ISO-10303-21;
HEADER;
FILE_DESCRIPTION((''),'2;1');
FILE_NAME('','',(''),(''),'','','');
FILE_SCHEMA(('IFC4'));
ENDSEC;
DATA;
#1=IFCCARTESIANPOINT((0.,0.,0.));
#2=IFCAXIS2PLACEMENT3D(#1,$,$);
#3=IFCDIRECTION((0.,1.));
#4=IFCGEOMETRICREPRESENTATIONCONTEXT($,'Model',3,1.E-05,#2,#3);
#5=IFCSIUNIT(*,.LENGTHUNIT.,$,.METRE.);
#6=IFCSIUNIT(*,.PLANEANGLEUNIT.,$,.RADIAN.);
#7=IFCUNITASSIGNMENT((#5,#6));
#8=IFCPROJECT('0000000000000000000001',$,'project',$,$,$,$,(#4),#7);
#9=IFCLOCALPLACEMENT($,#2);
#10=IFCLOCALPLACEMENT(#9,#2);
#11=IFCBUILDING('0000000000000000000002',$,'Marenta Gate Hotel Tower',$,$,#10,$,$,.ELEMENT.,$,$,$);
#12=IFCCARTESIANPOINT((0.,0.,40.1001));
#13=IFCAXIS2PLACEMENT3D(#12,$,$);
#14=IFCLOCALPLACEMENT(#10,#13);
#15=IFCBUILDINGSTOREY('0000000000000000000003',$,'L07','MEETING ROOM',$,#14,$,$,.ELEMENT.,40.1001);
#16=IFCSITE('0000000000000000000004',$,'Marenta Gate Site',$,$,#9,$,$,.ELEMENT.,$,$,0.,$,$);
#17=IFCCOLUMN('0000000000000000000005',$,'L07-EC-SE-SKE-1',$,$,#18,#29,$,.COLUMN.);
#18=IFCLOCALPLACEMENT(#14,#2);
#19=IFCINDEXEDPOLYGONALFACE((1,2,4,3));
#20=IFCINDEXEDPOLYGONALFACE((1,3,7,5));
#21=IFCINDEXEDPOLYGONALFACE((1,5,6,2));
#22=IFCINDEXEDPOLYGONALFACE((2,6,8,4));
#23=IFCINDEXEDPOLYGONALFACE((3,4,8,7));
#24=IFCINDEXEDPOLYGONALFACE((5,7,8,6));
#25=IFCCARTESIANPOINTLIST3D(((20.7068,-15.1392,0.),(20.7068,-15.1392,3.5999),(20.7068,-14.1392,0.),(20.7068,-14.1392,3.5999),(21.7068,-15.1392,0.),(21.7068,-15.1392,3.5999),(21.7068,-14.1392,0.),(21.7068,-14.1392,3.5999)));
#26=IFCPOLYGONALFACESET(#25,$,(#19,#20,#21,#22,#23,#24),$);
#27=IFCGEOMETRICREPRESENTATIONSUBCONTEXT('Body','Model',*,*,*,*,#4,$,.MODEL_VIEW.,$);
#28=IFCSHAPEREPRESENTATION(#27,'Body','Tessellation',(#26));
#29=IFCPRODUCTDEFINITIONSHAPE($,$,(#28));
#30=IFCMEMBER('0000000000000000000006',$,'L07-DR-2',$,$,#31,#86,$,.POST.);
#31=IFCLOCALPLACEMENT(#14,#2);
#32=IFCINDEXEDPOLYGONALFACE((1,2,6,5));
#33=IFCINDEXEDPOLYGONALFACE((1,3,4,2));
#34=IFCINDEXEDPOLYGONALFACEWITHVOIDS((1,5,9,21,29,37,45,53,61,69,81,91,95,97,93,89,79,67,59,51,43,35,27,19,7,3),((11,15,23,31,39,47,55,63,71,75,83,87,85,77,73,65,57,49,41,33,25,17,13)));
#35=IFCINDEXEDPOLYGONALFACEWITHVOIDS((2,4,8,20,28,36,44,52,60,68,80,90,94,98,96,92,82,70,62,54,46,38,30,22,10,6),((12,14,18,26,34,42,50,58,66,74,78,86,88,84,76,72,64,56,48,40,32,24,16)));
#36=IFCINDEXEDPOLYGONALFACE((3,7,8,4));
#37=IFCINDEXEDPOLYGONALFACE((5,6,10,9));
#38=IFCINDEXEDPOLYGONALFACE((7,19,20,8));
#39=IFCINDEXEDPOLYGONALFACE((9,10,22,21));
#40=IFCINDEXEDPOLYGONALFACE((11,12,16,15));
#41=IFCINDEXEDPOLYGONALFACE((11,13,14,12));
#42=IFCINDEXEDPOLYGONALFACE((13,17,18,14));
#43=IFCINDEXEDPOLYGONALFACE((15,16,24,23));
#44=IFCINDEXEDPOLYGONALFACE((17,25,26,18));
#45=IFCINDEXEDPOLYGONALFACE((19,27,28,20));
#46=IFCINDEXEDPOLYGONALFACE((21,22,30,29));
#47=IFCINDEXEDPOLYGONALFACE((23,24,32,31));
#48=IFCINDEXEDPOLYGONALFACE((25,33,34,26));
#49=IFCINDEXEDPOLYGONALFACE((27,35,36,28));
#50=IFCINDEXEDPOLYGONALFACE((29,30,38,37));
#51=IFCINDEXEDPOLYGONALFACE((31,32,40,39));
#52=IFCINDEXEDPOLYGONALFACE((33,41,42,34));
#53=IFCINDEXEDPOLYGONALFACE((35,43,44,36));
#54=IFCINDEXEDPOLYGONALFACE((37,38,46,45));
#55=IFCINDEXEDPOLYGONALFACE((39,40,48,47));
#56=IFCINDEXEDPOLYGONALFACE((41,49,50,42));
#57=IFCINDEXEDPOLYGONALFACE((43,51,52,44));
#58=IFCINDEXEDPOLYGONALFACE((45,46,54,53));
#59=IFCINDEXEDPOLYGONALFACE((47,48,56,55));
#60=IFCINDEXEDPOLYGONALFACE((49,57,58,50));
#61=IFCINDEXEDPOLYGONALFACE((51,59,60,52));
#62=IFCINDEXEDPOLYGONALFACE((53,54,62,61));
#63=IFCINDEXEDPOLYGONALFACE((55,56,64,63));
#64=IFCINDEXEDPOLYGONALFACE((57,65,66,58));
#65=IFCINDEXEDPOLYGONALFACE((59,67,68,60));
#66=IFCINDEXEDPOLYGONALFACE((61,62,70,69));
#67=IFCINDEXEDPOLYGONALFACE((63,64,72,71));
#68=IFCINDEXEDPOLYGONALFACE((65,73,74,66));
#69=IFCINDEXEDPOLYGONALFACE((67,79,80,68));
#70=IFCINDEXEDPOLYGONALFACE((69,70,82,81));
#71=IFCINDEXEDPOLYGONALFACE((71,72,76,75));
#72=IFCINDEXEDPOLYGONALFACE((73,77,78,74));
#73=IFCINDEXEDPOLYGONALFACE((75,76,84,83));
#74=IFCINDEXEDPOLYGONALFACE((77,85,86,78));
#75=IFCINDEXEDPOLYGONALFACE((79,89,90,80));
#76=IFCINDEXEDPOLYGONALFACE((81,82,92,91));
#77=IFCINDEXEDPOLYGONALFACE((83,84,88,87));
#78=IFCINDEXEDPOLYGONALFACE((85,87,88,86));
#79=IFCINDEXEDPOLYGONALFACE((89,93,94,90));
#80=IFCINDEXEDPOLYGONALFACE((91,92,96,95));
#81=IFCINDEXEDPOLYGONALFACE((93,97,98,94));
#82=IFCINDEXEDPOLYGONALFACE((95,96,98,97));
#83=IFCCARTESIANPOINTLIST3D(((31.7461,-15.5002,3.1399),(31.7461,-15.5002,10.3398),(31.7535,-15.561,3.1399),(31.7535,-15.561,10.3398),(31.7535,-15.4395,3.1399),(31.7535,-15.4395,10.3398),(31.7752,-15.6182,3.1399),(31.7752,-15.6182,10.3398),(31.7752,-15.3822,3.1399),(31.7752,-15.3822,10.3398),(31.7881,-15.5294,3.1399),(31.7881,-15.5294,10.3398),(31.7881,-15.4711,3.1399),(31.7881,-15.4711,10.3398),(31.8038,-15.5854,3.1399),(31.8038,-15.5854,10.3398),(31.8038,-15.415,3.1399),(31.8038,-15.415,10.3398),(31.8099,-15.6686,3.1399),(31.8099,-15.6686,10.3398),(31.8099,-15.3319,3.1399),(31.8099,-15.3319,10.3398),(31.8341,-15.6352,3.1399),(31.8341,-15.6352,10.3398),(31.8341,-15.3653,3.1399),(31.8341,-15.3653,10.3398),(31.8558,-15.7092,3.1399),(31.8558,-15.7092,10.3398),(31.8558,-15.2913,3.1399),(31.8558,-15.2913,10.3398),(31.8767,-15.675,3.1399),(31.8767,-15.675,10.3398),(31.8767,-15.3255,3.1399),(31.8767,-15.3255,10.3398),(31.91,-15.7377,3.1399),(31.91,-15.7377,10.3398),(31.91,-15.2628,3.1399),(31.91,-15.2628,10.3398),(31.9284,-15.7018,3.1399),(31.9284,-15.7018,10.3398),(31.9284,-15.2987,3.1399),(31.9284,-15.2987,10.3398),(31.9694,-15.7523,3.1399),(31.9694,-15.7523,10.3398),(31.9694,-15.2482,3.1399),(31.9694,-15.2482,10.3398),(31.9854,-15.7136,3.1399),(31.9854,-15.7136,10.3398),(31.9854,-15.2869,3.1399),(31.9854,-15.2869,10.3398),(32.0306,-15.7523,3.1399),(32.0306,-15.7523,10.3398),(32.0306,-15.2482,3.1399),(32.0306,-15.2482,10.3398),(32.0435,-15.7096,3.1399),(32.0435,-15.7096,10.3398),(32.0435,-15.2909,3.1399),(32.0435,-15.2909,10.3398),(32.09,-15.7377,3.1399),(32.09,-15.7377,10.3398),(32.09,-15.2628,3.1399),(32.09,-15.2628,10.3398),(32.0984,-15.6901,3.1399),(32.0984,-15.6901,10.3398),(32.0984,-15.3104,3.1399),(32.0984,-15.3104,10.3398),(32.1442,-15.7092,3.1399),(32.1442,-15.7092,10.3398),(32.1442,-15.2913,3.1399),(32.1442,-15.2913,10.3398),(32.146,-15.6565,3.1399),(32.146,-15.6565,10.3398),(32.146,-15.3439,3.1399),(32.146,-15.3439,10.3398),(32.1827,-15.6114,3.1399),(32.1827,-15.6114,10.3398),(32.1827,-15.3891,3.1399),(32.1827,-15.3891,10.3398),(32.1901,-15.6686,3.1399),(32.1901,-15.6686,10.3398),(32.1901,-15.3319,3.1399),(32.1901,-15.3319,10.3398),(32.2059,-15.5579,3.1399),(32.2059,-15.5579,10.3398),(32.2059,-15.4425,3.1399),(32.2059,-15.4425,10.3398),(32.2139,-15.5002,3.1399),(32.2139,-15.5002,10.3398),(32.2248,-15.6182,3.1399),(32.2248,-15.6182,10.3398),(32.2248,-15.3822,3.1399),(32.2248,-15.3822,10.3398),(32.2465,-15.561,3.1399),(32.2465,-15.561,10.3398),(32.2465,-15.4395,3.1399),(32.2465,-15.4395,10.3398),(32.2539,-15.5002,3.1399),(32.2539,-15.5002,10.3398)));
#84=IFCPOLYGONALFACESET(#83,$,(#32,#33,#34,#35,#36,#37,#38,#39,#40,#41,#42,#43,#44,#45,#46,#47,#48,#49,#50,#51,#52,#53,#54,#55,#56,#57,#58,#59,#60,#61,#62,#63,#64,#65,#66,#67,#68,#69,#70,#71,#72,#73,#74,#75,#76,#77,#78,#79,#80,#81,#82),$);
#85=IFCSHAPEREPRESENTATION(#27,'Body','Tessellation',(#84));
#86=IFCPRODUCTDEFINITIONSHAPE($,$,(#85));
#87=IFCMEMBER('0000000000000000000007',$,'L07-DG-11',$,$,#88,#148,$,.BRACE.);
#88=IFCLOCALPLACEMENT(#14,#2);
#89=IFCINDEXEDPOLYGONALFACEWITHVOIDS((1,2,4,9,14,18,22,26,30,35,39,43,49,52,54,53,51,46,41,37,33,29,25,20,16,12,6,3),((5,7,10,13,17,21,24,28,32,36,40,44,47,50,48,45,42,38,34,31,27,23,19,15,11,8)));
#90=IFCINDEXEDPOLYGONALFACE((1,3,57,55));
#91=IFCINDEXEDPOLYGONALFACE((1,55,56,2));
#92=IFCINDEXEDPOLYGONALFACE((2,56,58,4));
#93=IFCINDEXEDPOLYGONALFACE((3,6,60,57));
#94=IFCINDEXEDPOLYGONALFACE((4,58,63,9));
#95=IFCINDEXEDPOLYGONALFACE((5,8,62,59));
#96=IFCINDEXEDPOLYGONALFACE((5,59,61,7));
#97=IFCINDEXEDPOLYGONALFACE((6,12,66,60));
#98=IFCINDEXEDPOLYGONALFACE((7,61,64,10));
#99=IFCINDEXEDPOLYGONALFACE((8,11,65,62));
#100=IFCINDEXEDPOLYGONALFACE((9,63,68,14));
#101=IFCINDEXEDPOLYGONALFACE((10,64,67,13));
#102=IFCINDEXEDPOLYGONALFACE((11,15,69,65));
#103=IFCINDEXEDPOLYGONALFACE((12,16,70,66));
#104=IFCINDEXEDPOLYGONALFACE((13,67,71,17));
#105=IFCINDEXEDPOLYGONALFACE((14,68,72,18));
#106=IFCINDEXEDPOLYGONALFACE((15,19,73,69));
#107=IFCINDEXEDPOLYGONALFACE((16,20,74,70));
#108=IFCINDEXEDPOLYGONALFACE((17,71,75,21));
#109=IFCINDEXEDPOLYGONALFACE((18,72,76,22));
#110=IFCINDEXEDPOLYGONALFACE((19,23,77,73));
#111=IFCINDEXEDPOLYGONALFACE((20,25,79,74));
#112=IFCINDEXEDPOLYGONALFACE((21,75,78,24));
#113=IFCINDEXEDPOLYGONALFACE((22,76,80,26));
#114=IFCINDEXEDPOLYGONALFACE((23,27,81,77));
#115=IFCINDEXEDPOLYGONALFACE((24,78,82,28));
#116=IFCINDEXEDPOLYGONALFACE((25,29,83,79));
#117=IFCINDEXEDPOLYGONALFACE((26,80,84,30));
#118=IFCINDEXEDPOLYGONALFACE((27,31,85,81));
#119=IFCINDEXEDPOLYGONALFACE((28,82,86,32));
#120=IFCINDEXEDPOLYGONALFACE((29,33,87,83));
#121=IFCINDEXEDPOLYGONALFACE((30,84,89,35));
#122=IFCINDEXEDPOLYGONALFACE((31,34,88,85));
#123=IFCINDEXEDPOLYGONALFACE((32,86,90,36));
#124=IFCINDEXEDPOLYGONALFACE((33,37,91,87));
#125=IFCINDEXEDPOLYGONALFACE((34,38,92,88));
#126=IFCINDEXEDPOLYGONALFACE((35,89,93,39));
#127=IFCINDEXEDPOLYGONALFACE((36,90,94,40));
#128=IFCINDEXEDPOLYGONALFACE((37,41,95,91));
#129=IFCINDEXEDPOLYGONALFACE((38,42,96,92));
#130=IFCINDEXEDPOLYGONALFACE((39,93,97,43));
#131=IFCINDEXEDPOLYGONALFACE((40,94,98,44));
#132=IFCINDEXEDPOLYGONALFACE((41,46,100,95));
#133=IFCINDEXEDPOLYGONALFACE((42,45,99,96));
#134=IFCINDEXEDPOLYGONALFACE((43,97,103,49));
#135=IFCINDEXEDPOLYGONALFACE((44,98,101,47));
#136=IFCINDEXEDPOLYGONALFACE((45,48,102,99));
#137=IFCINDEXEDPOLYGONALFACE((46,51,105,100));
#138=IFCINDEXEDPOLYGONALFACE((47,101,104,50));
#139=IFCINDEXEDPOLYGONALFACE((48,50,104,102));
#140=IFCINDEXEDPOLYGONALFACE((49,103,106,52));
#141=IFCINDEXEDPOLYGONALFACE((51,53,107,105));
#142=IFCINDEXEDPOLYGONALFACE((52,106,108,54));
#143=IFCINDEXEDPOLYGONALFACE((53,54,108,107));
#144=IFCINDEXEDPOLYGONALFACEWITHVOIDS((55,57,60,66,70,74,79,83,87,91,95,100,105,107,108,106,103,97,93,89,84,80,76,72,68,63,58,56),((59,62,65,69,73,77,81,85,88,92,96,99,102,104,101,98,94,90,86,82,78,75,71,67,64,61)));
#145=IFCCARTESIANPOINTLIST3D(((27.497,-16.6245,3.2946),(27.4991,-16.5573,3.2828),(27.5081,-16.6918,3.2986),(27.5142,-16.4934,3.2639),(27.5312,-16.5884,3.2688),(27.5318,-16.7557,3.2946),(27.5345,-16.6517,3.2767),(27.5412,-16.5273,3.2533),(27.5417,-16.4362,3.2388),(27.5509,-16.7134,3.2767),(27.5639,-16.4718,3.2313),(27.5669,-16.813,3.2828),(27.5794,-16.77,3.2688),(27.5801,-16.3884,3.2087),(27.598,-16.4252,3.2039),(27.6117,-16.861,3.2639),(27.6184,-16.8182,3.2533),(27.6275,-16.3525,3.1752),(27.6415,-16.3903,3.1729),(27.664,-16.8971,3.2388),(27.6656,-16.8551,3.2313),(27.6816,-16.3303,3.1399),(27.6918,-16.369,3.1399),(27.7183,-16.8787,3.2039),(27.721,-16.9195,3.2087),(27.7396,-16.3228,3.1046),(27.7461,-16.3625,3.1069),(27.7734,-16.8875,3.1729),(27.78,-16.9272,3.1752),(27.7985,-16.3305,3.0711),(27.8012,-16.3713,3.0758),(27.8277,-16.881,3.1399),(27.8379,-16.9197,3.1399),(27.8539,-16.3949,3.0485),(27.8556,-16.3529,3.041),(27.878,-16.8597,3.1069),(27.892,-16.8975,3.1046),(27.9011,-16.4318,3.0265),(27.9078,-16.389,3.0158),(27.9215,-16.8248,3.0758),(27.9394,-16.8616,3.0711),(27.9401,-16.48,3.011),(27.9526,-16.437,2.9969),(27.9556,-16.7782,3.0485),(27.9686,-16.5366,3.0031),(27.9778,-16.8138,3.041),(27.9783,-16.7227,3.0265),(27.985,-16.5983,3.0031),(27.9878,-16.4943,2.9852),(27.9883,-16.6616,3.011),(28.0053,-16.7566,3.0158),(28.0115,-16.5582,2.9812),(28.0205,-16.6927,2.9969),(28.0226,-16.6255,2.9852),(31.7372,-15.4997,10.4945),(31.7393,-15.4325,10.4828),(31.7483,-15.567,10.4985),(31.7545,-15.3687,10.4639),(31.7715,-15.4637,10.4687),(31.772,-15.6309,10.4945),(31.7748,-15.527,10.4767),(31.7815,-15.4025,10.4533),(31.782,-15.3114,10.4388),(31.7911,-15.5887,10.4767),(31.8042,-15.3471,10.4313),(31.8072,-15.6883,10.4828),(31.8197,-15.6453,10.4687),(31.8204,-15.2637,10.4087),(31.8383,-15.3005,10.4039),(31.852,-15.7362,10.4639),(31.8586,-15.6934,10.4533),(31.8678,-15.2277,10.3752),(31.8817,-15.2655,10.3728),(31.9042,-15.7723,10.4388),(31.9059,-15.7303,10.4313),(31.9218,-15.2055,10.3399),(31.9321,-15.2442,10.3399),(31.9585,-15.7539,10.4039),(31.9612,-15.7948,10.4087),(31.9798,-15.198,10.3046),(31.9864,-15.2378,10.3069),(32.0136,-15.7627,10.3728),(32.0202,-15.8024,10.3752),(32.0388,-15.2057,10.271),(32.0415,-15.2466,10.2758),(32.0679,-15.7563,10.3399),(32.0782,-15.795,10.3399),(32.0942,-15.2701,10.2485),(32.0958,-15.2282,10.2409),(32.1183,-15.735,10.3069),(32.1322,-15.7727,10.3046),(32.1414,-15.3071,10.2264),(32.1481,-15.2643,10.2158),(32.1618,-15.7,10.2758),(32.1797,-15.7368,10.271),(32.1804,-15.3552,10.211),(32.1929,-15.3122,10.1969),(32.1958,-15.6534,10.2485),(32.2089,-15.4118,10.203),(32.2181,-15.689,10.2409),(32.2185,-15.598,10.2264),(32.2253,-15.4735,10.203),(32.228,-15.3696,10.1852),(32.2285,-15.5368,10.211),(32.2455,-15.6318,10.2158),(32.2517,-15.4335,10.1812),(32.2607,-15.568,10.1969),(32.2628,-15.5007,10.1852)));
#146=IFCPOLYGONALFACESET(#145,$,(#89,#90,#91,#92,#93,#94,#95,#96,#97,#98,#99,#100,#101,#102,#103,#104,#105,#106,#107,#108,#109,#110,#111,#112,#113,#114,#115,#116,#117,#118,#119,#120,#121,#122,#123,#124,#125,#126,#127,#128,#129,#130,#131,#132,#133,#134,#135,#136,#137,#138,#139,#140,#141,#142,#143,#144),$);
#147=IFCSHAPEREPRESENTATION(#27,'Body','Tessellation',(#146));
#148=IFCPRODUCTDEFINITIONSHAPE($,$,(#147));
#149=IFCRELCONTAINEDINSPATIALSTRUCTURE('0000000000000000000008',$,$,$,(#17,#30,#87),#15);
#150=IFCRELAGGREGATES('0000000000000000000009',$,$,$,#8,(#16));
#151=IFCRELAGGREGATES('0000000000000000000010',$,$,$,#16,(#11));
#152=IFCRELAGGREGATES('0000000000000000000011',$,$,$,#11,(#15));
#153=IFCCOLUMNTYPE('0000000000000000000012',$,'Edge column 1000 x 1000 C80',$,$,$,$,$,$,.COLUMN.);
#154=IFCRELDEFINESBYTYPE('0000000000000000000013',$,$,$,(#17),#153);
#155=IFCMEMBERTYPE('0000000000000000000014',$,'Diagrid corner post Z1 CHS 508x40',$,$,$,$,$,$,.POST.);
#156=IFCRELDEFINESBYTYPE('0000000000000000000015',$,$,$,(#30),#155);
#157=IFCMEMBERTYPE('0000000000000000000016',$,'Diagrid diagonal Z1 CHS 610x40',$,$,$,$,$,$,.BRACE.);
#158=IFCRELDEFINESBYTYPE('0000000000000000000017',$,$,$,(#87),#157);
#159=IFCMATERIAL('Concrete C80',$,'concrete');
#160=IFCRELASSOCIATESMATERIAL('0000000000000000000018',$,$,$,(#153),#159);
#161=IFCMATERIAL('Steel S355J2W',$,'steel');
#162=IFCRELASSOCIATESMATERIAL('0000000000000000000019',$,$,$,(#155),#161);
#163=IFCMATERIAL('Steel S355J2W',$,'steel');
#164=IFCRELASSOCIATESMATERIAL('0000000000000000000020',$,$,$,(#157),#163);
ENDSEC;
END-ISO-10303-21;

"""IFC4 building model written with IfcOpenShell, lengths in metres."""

from ifc_helpers import new_model, si_unit, direction, frame, origin, origin_2d, place, context, subcontext, project, spatial, rectangle, hollow_circle, extrude, material, material_profile, profile_set, type_object, element, save


model = new_model("IFC4")

# Units and contexts
model_context = context("Model", 3, precision=1e-05, world=origin(), true_north=direction((0.0, 1.0)))
body_context = subcontext(model_context, "Body", "Model", "MODEL_VIEW")
ifc_project = project(units=[si_unit("LENGTHUNIT", "METRE"), si_unit("PLANEANGLEUNIT", "RADIAN")], contexts=[model_context])

# Site, building, storey
site_placement = place(None, origin())
site = spatial("IfcSite", under=ifc_project, at=site_placement, Name="Marenta Gate Site", CompositionType="ELEMENT", RefElevation=0.0)
building_placement = place(site_placement, origin())
building = spatial("IfcBuilding", under=site, at=building_placement, Name="Marenta Gate Hotel Tower", CompositionType="ELEMENT")
storey_placement = place(building_placement, frame((0.0, 0.0, 40.1001)))
storey = spatial("IfcBuildingStorey", under=building, at=storey_placement, Name="L07", Description="MEETING ROOM", CompositionType="ELEMENT", Elevation=40.1001)

# Column
ifc_material_1 = material(Name="Concrete C80", Category="concrete")
ifc_material_profile_1 = material_profile(ifc_material_1, rectangle(XDim=1.0, YDim=1.0, at=origin_2d()), Name="1000 x 1000")
ifc_profile_set_1 = profile_set([ifc_material_profile_1], Name="Concrete C80")
column_type = type_object("IfcColumnType", Name="Edge column 1000 x 1000 C80", PredefinedType="COLUMN", material=ifc_profile_set_1)
column_placement = place(storey_placement, frame((21.2068, -14.6392, 0.0), z_axis=(0.0, 0.0, 1.0), x_axis=(1.0, 0.0, 0.0)))
element("IfcColumn", 1, at=column_placement, inside=storey, type_object=column_type, Name="L07-EC-SE-SKE-1", PredefinedType="COLUMN", context=body_context, shape_type="SweptSolid", body=[
    extrude(rectangle(XDim=1.0, YDim=1.0, at=origin_2d()), origin(), (0.0, 0.0, 1.0), 3.5999),
])

# Members
ifc_material_2 = material(Name="Steel S355J2W", Category="steel")
ifc_material_profile_2 = material_profile(ifc_material_2, hollow_circle(Radius=0.2539, WallThickness=0.04, at=origin_2d()), Name="CHS 508x40")
ifc_profile_set_2 = profile_set([ifc_material_profile_2], Name="Steel S355J2W")
member_type_1 = type_object("IfcMemberType", Name="Diagrid corner post Z1 CHS 508x40", PredefinedType="POST", material=ifc_profile_set_2)
member_1_placement = place(storey_placement, frame((32.0, -15.5002, 3.1399), z_axis=(0.0, 0.0, 1.0), x_axis=(1.0, 0.0, 0.0)))
element("IfcMember", 2, at=member_1_placement, inside=storey, type_object=member_type_1, Name="L07-DR-2", PredefinedType="POST", context=body_context, shape_type="SweptSolid", body=[
    extrude(hollow_circle(Radius=0.2539, WallThickness=0.04, at=origin_2d()), origin(), (0.0, 0.0, 1.0), 7.2),
])
ifc_material_3 = material(Name="Steel S355J2W", Category="steel")
ifc_material_profile_3 = material_profile(ifc_material_3, hollow_circle(Radius=0.3049, WallThickness=0.04, at=origin_2d()), Name="CHS 610x40")
ifc_profile_set_3 = profile_set([ifc_material_profile_3], Name="Steel S355J2W")
member_type_2 = type_object("IfcMemberType", Name="Diagrid diagonal Z1 CHS 610x40", PredefinedType="BRACE", material=ifc_profile_set_3)
for number, where, z_axis, x_axis, name in (
    (3, (27.7598, -16.625, 3.1399), (0.502926, 0.133405, 0.853972), (-0.256391, 0.966573, 0.0), "L07-DG-11"),
):
    element("IfcMember", number, at=place(storey_placement, frame(where, z_axis=z_axis, x_axis=x_axis)), inside=storey, type_object=member_type_2, Name=name, PredefinedType="BRACE", context=body_context, shape_type="SweptSolid", body=[
        extrude(hollow_circle(Radius=0.3049, WallThickness=0.04, at=origin_2d()), origin(), (0.0, 0.0, 1.0), 8.4312),
    ])

save(model, "model.ifc")
